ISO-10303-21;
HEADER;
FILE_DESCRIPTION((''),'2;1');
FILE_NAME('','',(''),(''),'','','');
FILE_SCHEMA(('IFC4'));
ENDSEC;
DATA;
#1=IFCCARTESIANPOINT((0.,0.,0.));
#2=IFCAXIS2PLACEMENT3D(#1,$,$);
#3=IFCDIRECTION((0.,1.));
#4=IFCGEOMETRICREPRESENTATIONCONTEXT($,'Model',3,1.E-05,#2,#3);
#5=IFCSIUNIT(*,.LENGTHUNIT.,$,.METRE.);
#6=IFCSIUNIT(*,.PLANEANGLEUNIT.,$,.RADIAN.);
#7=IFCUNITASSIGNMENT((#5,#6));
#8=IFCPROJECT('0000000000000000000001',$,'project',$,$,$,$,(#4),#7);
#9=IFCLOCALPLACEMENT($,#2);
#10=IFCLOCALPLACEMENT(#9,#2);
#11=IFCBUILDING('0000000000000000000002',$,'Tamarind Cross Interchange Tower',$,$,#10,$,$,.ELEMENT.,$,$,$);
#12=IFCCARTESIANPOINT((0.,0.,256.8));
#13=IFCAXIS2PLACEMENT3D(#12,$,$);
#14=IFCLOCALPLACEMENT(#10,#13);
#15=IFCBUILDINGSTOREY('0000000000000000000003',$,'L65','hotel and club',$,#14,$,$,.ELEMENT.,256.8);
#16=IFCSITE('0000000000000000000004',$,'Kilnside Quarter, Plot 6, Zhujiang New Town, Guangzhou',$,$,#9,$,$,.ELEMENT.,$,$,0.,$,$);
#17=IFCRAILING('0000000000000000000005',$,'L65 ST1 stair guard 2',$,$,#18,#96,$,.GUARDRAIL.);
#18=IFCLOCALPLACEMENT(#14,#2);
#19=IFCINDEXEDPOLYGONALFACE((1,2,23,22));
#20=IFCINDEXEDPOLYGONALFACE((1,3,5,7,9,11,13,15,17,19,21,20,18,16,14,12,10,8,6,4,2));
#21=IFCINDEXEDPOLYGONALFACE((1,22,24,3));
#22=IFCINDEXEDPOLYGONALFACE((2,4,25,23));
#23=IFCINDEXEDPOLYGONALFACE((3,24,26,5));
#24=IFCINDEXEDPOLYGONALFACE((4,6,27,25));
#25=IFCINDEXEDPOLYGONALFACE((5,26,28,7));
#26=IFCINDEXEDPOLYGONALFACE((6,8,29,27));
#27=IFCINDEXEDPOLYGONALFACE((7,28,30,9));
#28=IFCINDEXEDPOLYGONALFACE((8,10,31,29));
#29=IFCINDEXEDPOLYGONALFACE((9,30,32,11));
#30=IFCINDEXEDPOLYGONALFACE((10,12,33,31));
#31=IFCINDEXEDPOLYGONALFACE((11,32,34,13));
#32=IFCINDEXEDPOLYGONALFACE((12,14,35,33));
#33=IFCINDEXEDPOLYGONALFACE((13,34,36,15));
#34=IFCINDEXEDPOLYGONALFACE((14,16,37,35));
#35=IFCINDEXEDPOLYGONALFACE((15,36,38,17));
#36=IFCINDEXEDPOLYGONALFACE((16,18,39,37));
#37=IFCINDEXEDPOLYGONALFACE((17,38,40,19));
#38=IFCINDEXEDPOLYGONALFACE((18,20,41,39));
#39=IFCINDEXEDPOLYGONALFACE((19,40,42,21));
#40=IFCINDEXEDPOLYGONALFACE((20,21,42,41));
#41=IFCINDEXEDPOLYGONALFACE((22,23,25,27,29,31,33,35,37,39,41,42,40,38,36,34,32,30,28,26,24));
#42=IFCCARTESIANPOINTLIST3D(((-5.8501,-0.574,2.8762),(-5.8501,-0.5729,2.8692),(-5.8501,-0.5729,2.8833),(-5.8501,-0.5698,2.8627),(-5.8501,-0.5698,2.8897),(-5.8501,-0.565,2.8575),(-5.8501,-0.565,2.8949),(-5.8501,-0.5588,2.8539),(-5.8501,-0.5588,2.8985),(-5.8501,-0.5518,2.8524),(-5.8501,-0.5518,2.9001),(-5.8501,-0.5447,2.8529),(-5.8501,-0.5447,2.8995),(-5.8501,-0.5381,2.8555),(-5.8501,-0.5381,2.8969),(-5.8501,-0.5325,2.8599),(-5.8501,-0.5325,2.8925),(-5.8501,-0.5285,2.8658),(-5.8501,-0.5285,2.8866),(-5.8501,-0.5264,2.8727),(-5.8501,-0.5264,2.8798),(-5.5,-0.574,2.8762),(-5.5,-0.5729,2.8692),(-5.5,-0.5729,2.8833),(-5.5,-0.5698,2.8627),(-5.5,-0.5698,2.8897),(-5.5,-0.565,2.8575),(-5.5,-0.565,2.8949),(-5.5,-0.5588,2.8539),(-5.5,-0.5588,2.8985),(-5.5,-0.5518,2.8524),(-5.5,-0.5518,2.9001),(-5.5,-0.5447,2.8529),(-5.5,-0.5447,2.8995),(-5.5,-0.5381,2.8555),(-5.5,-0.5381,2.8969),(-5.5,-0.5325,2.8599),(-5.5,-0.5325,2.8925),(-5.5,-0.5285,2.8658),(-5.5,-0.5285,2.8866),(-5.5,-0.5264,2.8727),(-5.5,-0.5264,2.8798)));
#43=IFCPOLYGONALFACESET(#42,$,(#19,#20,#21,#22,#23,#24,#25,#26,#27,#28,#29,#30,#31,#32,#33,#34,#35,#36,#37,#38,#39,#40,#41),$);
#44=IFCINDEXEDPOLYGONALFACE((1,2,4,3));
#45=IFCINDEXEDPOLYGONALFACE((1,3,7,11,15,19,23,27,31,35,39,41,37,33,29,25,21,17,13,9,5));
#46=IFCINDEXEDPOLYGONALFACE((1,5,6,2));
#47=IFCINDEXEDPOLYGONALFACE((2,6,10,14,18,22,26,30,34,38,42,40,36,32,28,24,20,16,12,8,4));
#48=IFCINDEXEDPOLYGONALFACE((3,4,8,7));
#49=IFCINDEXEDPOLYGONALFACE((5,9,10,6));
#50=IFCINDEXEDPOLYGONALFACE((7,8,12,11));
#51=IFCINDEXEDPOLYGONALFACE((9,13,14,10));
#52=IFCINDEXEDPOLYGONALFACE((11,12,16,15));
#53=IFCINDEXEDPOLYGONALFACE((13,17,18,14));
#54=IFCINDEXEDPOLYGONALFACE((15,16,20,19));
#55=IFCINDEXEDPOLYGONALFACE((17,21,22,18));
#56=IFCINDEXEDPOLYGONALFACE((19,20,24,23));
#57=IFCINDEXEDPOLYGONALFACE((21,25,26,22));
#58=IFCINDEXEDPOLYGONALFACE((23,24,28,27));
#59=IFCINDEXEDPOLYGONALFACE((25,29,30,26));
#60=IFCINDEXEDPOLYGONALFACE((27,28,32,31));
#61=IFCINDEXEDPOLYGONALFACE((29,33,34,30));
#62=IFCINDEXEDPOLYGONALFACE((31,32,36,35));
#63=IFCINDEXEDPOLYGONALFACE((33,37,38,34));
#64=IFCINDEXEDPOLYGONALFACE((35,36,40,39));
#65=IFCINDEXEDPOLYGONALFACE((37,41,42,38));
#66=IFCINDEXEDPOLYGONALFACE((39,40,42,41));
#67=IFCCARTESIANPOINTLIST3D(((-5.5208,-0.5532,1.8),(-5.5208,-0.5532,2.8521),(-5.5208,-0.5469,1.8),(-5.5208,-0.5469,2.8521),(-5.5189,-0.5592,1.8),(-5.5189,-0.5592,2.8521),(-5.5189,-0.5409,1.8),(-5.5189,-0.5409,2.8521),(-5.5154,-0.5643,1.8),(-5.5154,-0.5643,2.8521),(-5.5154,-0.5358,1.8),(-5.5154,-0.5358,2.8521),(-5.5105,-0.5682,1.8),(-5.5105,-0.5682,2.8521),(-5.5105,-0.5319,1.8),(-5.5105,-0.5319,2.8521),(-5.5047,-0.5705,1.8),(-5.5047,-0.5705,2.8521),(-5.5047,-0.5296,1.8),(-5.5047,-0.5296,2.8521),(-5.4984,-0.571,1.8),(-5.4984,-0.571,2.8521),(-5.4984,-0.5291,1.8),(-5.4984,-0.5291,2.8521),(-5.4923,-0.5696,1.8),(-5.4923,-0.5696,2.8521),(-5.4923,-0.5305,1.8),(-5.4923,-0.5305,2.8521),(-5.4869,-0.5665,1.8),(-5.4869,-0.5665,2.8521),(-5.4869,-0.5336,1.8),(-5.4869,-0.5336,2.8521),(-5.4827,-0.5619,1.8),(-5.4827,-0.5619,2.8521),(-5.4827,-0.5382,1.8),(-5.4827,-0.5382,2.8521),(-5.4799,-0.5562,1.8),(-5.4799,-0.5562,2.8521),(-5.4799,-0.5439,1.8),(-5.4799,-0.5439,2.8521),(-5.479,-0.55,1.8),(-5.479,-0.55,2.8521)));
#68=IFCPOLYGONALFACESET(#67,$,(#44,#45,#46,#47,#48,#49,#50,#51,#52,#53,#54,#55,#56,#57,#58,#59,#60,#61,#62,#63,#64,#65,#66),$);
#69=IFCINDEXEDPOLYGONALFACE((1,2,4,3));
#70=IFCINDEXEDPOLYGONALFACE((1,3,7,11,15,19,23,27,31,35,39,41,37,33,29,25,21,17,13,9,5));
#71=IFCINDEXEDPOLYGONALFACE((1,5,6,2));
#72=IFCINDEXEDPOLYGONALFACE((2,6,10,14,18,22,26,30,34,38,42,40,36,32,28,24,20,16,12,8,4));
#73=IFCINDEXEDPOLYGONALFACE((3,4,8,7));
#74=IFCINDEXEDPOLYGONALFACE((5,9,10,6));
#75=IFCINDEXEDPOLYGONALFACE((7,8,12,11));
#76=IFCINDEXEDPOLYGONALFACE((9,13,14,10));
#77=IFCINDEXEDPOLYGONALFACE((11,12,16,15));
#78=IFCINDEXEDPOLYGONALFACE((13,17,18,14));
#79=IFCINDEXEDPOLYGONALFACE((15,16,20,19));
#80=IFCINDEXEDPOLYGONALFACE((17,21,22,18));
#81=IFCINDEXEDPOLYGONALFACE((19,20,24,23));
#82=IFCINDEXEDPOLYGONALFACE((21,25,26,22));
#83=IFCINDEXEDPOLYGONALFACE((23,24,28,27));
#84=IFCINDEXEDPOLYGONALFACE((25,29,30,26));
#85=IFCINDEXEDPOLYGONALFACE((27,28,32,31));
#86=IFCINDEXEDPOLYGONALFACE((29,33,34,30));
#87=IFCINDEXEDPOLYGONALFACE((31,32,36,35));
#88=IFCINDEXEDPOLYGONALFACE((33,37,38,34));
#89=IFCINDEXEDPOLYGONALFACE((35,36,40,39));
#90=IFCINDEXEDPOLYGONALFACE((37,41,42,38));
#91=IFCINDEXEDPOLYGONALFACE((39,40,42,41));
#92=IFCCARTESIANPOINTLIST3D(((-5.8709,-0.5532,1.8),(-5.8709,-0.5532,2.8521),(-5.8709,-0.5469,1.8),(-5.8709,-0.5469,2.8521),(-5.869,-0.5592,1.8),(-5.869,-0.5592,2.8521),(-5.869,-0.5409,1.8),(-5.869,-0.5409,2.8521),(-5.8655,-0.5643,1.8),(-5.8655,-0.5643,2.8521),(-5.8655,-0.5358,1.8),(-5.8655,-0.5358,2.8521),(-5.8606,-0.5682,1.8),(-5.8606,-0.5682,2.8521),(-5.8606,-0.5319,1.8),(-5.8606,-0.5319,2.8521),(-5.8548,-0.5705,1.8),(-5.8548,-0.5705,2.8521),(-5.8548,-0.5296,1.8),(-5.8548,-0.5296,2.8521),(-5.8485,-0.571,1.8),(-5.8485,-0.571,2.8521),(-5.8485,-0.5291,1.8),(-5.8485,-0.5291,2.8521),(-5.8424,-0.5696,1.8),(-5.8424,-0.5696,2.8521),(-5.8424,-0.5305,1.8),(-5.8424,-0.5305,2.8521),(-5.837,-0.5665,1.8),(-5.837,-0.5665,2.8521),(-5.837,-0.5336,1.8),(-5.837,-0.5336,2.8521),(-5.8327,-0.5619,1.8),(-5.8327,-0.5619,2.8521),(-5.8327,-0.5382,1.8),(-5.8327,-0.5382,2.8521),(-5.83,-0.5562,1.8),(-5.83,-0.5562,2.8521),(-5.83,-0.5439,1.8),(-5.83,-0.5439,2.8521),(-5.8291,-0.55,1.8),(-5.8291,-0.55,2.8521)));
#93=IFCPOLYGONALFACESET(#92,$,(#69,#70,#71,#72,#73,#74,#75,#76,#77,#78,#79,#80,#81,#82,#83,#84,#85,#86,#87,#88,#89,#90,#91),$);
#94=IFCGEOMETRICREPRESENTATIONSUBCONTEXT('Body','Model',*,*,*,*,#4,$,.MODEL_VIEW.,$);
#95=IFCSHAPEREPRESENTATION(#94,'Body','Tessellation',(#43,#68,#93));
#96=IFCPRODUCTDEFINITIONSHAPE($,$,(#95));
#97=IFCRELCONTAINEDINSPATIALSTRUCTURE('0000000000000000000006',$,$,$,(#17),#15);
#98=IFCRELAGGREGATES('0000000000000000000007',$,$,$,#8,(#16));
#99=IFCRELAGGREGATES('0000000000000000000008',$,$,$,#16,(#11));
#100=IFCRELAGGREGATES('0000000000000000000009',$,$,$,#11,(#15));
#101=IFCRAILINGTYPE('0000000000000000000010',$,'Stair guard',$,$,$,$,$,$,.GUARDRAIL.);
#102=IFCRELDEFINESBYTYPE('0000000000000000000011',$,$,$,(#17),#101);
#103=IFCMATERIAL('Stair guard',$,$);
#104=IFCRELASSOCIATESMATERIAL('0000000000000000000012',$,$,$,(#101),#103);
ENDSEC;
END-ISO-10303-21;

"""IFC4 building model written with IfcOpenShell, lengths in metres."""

from ifc_helpers import new_model, si_unit, direction, frame, origin, origin_2d, place, context, subcontext, project, spatial, circle, extrude, material, type_object, element, save


model = new_model("IFC4")

# Units and contexts
model_context = context("Model", 3, precision=1e-05, world=origin(), true_north=direction((0.0, 1.0)))
body_context = subcontext(model_context, "Body", "Model", "MODEL_VIEW")
ifc_project = project(units=[si_unit("LENGTHUNIT", "METRE"), si_unit("PLANEANGLEUNIT", "RADIAN")], contexts=[model_context])

# Site, building, storey
site_placement = place(None, origin())
site = spatial("IfcSite", under=ifc_project, at=site_placement, Name="Kilnside Quarter, Plot 6, Zhujiang New Town, Guangzhou", CompositionType="ELEMENT", RefElevation=0.0)
building_placement = place(site_placement, origin())
building = spatial("IfcBuilding", under=site, at=building_placement, Name="Tamarind Cross Interchange Tower", CompositionType="ELEMENT")
storey_placement = place(building_placement, frame((0.0, 0.0, 256.8)))
storey = spatial("IfcBuildingStorey", under=building, at=storey_placement, Name="L65", Description="hotel and club", CompositionType="ELEMENT", Elevation=256.8)

# Railing
ifc_material_1 = material(Name="Stair guard")
railing_type_1 = type_object("IfcRailingType", Name="Stair guard", PredefinedType="GUARDRAIL", material=ifc_material_1)
railing_1_placement = place(storey_placement, frame((-5.5, -0.55, 1.8)))
element("IfcRailing", 1, at=railing_1_placement, inside=storey, type_object=railing_type_1, Name="L65 ST1 stair guard 2", PredefinedType="GUARDRAIL", context=body_context, shape_type="SweptSolid", body=[
    extrude(circle(Radius=0.0239, at=origin_2d()), frame((0.0, 0.0, 1.0762), z_axis=(-1.0, 0.0, 0.0), x_axis=(0.0, -1.0, 0.0)), (0.0, 0.0, 1.0), 0.3501),
    extrude(circle(Radius=0.021, at=origin_2d()), origin(), (0.0, 0.0, 1.0), 1.052),
    extrude(circle(Radius=0.021, at=origin_2d()), frame((-0.3501, 0.0, 0.0)), (0.0, 0.0, 1.0), 1.052),
])

save(model, "model.ifc")
